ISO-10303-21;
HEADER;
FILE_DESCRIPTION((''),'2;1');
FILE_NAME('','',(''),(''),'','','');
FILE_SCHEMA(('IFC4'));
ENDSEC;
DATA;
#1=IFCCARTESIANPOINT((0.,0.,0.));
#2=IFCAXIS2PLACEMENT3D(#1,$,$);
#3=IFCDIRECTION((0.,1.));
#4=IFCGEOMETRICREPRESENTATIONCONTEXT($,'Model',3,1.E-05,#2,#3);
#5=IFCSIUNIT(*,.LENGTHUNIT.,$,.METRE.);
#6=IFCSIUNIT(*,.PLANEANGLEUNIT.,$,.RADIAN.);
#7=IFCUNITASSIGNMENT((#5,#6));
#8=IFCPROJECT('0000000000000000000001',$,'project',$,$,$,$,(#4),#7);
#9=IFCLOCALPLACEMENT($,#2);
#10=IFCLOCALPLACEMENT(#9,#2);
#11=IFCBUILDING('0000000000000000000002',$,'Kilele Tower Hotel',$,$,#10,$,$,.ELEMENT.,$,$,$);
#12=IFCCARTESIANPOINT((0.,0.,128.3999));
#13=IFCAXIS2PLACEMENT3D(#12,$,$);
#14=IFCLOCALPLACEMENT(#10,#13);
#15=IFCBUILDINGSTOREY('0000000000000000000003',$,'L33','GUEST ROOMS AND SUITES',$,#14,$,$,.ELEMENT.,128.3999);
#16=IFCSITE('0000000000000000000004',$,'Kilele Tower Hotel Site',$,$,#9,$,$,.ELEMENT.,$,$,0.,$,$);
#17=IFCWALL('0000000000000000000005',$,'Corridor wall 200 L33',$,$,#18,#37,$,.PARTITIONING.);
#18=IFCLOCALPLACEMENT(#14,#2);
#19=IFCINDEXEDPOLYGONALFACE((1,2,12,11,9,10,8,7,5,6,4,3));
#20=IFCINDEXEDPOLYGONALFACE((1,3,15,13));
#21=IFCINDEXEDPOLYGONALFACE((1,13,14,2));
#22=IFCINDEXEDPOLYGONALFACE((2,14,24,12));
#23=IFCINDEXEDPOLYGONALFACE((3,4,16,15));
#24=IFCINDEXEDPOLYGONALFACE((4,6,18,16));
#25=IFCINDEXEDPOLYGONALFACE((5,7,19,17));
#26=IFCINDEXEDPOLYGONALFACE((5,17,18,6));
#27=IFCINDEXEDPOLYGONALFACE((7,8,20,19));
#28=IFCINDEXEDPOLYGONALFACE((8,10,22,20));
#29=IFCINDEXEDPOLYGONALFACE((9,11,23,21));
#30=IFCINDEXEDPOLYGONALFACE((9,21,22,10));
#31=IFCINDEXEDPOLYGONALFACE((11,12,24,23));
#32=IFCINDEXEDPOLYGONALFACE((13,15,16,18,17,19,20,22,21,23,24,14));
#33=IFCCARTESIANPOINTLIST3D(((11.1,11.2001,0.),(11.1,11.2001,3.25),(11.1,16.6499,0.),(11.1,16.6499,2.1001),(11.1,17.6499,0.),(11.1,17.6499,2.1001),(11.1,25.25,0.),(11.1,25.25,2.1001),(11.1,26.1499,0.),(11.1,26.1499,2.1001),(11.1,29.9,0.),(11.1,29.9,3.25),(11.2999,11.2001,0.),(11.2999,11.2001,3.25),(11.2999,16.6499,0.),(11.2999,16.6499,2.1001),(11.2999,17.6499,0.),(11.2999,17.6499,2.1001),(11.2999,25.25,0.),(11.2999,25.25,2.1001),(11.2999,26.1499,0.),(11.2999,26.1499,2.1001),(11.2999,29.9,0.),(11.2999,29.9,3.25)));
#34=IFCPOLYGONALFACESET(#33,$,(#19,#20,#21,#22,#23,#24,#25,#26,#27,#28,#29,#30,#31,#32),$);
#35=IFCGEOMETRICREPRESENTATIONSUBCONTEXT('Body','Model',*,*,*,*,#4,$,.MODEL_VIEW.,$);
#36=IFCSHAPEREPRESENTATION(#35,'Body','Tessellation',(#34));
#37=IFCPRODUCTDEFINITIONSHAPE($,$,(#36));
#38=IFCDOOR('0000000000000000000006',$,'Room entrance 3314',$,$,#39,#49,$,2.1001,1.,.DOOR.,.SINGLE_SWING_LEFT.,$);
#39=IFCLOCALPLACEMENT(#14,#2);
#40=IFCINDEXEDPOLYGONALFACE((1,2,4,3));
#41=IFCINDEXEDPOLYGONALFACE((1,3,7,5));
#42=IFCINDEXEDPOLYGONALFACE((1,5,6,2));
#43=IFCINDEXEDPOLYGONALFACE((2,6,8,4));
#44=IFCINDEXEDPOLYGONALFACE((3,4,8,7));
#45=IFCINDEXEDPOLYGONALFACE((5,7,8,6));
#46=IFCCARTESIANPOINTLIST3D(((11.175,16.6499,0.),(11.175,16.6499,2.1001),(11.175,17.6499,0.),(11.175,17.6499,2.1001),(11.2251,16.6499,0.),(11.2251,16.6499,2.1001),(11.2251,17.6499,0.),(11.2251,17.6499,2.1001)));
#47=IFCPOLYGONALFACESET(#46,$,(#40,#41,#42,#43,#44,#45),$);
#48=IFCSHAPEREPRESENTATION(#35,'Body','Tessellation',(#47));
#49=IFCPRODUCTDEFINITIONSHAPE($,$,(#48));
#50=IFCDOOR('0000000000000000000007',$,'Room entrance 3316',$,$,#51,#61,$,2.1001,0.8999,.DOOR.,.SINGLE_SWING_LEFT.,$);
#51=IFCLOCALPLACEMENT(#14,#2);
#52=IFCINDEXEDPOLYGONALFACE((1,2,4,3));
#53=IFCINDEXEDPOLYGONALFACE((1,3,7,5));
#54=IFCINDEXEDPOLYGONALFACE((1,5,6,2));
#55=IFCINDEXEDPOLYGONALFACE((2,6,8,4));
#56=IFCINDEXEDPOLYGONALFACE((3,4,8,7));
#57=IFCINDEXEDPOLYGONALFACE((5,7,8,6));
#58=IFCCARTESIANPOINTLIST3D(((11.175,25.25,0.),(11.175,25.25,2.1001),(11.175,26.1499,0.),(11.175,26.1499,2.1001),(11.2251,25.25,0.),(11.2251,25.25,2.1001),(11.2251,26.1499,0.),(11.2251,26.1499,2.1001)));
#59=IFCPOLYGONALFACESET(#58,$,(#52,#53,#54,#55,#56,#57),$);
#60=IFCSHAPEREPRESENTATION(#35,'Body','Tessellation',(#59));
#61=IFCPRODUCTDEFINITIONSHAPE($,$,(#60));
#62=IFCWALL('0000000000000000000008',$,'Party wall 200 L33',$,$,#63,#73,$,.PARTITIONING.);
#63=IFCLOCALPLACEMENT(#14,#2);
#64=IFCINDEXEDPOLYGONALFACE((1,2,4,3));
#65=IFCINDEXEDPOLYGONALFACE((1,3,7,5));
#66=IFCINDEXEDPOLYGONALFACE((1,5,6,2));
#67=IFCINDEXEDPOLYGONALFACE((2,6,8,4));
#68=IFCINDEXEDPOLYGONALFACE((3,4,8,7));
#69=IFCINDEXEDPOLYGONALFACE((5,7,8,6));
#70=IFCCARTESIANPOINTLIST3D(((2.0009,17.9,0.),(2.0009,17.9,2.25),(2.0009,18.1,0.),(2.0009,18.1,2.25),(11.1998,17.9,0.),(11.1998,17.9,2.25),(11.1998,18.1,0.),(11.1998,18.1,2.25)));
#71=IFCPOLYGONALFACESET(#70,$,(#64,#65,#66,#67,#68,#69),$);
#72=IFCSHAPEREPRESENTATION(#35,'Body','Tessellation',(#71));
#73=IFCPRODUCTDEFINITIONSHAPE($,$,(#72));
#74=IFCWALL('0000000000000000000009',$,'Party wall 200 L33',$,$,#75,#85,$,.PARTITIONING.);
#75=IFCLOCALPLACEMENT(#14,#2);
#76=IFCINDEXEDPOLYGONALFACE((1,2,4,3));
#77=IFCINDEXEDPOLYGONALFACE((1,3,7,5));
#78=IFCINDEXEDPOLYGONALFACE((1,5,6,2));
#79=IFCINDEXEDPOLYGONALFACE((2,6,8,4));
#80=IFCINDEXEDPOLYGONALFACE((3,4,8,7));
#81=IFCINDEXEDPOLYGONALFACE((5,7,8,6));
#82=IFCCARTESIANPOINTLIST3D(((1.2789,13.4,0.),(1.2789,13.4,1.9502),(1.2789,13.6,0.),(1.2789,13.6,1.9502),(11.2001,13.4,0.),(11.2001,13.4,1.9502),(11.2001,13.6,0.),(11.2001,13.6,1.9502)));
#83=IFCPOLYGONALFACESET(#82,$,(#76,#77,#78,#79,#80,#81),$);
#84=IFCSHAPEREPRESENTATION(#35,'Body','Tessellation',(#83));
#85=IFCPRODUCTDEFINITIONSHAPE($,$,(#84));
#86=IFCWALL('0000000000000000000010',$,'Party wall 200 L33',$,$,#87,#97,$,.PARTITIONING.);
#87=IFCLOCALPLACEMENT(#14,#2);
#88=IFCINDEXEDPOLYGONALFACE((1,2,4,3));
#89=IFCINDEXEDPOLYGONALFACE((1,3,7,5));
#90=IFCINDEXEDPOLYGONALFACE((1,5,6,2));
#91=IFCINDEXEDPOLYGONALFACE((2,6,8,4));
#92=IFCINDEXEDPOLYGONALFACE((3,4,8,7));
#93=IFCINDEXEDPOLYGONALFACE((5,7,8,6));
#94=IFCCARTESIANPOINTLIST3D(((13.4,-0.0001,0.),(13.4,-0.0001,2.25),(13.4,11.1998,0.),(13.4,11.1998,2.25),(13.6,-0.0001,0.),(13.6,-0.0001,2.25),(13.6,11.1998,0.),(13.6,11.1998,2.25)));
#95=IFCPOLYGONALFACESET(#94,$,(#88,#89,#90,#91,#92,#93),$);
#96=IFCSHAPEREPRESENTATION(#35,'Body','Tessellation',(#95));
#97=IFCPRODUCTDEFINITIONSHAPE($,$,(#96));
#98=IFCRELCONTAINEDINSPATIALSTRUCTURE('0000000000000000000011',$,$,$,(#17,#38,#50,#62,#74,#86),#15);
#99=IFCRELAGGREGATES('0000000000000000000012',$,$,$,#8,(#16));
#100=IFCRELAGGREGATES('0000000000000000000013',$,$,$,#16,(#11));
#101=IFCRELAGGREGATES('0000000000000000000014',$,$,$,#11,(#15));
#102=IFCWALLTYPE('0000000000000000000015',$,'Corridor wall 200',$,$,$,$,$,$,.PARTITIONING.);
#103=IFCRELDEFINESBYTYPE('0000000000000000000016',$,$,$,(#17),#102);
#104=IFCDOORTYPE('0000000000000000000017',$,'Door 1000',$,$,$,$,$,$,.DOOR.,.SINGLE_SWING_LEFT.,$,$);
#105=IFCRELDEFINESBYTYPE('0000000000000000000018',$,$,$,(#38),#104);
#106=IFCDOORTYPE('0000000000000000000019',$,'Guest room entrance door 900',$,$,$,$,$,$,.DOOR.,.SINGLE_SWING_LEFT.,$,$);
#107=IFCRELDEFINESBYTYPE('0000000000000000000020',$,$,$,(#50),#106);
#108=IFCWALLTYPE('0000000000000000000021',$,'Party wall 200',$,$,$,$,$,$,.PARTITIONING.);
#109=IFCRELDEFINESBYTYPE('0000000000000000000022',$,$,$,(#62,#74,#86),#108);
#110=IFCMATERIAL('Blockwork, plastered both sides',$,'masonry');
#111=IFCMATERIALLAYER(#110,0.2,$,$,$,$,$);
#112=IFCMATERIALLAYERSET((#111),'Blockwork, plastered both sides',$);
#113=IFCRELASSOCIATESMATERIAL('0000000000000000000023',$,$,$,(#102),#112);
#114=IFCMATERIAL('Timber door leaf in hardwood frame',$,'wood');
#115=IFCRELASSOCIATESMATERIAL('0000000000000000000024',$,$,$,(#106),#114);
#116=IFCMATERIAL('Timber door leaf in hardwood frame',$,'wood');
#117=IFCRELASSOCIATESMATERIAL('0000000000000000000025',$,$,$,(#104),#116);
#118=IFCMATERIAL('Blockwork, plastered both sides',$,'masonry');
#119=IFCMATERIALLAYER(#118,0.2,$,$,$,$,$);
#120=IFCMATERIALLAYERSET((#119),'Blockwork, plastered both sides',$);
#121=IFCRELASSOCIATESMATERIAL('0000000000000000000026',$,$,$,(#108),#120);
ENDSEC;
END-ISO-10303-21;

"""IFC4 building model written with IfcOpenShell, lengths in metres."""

from ifc_helpers import new_model, si_unit, direction, frame, frame_2d, origin, place, context, subcontext, project, spatial, rectangle, extrude, material, layer, layer_set, type_object, element, fill, save


model = new_model("IFC4")

# Units and contexts
model_context = context("Model", 3, precision=1e-05, world=origin(), true_north=direction((0.0, 1.0)))
body_context = subcontext(model_context, "Body", "Model", "MODEL_VIEW")
ifc_project = project(units=[si_unit("LENGTHUNIT", "METRE"), si_unit("PLANEANGLEUNIT", "RADIAN")], contexts=[model_context])

# Site, building, storey
site_placement = place(None, origin())
site = spatial("IfcSite", under=ifc_project, at=site_placement, Name="Kilele Tower Hotel Site", CompositionType="ELEMENT", RefElevation=0.0)
building_placement = place(site_placement, origin())
building = spatial("IfcBuilding", under=site, at=building_placement, Name="Kilele Tower Hotel", CompositionType="ELEMENT")
storey_placement = place(building_placement, frame((0.0, 0.0, 128.3999)))
storey = spatial("IfcBuildingStorey", under=building, at=storey_placement, Name="L33", Description="GUEST ROOMS AND SUITES", CompositionType="ELEMENT", Elevation=128.3999)

# Wall, openings, doors
ifc_material_1 = material(Name="Blockwork, plastered both sides", Category="masonry")
ifc_layer_1 = layer(ifc_material_1, 0.2)
ifc_layer_set_1 = layer_set([ifc_layer_1], Name="Blockwork, plastered both sides")
wall_type_1 = type_object("IfcWallType", Name="Corridor wall 200", PredefinedType="PARTITIONING", material=ifc_layer_set_1)
ifc_material_2 = material(Name="Timber door leaf in hardwood frame", Category="wood")
door_type_1 = type_object("IfcDoorType", Name="Guest room entrance door 900", OperationType="SINGLE_SWING_LEFT", PredefinedType="DOOR", material=ifc_material_2)
wall_1_placement = place(storey_placement, frame((11.2, 11.2, 0.0), z_axis=(0.0, 0.0, 1.0), x_axis=(0.0, 1.0, 0.0)))
wall_1 = element("IfcWall", 1, at=wall_1_placement, inside=storey, type_object=wall_type_1, Name="Corridor wall 200 L33", PredefinedType="PARTITIONING", context=body_context, shape_type="SweptSolid", body=[
    extrude(rectangle(XDim=18.7, YDim=0.2, at=frame_2d((9.3501, 0.0))), origin(), (0.0, 0.0, 1.0), 3.25),
])
opening_1_placement = place(wall_1_placement, frame((5.45, 0.0, 0.0)))
opening_1 = element("IfcOpeningElement", 2, at=opening_1_placement, cuts=wall_1, PredefinedType="OPENING", context=body_context, shape_type="SweptSolid", body=[
    extrude(rectangle(XDim=1.0, YDim=2.1001, at=frame_2d((0.5, 1.05))), frame((0.0, 0.1099, 0.0), z_axis=(0.0, -1.0, 0.0), x_axis=(1.0, 0.0, 0.0)), (0.0, 0.0, 1.0), 0.22),
])
opening_2_placement = place(wall_1_placement, frame((14.05, 0.0, 0.0)))
opening_2 = element("IfcOpeningElement", 3, at=opening_2_placement, cuts=wall_1, PredefinedType="OPENING", context=body_context, shape_type="SweptSolid", body=[
    extrude(rectangle(XDim=0.8999, YDim=2.1001, at=frame_2d((0.45, 1.05))), frame((0.0, 0.1099, 0.0), z_axis=(0.0, -1.0, 0.0), x_axis=(1.0, 0.0, 0.0)), (0.0, 0.0, 1.0), 0.22),
])
ifc_material_3 = material(Name="Timber door leaf in hardwood frame", Category="wood")
door_type_2 = type_object("IfcDoorType", Name="Door 1000", OperationType="SINGLE_SWING_LEFT", PredefinedType="DOOR", material=ifc_material_3)
door_1_placement = place(opening_1_placement, origin())
door_1 = element("IfcDoor", 4, at=door_1_placement, inside=storey, type_object=door_type_2, Name="Room entrance 3314", OperationType="SINGLE_SWING_LEFT", OverallHeight=2.1001, OverallWidth=1.0, PredefinedType="DOOR", context=body_context, shape_type="SweptSolid", body=[
    extrude(rectangle(XDim=1.0, YDim=2.1001, at=frame_2d((0.5, 1.05))), frame((0.0, 0.0249, 0.0), z_axis=(0.0, -1.0, 0.0), x_axis=(1.0, 0.0, 0.0)), (0.0, 0.0, 1.0), 0.05),
])
fill(opening_1, door_1)
door_2_placement = place(opening_2_placement, origin())
door_2 = element("IfcDoor", 5, at=door_2_placement, inside=storey, type_object=door_type_1, Name="Room entrance 3316", OperationType="SINGLE_SWING_LEFT", OverallHeight=2.1001, OverallWidth=0.8999, PredefinedType="DOOR", context=body_context, shape_type="SweptSolid", body=[
    extrude(rectangle(XDim=0.8999, YDim=2.1001, at=frame_2d((0.45, 1.05))), frame((0.0, 0.0249, 0.0), z_axis=(0.0, -1.0, 0.0), x_axis=(1.0, 0.0, 0.0)), (0.0, 0.0, 1.0), 0.05),
])
fill(opening_2, door_2)

# Walls
ifc_material_4 = material(Name="Blockwork, plastered both sides", Category="masonry")
ifc_layer_2 = layer(ifc_material_4, 0.2)
ifc_layer_set_2 = layer_set([ifc_layer_2], Name="Blockwork, plastered both sides")
wall_type_2 = type_object("IfcWallType", Name="Party wall 200", PredefinedType="PARTITIONING", material=ifc_layer_set_2)
wall_2_placement = place(storey_placement, frame((11.2, 18.0, 0.0), z_axis=(0.0, 0.0, 1.0), x_axis=(-1.0, 0.0, 0.0)))
element("IfcWall", 6, at=wall_2_placement, inside=storey, type_object=wall_type_2, Name="Party wall 200 L33", PredefinedType="PARTITIONING", context=body_context, shape_type="SweptSolid", body=[
    extrude(rectangle(XDim=9.199, YDim=0.2, at=frame_2d((4.5996, 0.0))), origin(), (0.0, 0.0, 1.0), 2.25),
])
wall_3_placement = place(storey_placement, frame((11.2, 13.5, 0.0), z_axis=(0.0, 0.0, 1.0), x_axis=(-1.0, 0.0, 0.0)))
element("IfcWall", 7, at=wall_3_placement, inside=storey, type_object=wall_type_2, Name="Party wall 200 L33", PredefinedType="PARTITIONING", context=body_context, shape_type="SweptSolid", body=[
    extrude(rectangle(XDim=9.9211, YDim=0.2, at=frame_2d((4.9604, 0.0))), origin(), (0.0, 0.0, 1.0), 1.9502),
])
wall_4_placement = place(storey_placement, frame((13.5, 11.2, 0.0), z_axis=(0.0, 0.0, 1.0), x_axis=(0.0, -1.0, 0.0)))
element("IfcWall", 8, at=wall_4_placement, inside=storey, type_object=wall_type_2, Name="Party wall 200 L33", PredefinedType="PARTITIONING", context=body_context, shape_type="SweptSolid", body=[
    extrude(rectangle(XDim=11.2, YDim=0.2, at=frame_2d((5.6001, 0.0))), origin(), (0.0, 0.0, 1.0), 2.25),
])

save(model, "model.ifc")
